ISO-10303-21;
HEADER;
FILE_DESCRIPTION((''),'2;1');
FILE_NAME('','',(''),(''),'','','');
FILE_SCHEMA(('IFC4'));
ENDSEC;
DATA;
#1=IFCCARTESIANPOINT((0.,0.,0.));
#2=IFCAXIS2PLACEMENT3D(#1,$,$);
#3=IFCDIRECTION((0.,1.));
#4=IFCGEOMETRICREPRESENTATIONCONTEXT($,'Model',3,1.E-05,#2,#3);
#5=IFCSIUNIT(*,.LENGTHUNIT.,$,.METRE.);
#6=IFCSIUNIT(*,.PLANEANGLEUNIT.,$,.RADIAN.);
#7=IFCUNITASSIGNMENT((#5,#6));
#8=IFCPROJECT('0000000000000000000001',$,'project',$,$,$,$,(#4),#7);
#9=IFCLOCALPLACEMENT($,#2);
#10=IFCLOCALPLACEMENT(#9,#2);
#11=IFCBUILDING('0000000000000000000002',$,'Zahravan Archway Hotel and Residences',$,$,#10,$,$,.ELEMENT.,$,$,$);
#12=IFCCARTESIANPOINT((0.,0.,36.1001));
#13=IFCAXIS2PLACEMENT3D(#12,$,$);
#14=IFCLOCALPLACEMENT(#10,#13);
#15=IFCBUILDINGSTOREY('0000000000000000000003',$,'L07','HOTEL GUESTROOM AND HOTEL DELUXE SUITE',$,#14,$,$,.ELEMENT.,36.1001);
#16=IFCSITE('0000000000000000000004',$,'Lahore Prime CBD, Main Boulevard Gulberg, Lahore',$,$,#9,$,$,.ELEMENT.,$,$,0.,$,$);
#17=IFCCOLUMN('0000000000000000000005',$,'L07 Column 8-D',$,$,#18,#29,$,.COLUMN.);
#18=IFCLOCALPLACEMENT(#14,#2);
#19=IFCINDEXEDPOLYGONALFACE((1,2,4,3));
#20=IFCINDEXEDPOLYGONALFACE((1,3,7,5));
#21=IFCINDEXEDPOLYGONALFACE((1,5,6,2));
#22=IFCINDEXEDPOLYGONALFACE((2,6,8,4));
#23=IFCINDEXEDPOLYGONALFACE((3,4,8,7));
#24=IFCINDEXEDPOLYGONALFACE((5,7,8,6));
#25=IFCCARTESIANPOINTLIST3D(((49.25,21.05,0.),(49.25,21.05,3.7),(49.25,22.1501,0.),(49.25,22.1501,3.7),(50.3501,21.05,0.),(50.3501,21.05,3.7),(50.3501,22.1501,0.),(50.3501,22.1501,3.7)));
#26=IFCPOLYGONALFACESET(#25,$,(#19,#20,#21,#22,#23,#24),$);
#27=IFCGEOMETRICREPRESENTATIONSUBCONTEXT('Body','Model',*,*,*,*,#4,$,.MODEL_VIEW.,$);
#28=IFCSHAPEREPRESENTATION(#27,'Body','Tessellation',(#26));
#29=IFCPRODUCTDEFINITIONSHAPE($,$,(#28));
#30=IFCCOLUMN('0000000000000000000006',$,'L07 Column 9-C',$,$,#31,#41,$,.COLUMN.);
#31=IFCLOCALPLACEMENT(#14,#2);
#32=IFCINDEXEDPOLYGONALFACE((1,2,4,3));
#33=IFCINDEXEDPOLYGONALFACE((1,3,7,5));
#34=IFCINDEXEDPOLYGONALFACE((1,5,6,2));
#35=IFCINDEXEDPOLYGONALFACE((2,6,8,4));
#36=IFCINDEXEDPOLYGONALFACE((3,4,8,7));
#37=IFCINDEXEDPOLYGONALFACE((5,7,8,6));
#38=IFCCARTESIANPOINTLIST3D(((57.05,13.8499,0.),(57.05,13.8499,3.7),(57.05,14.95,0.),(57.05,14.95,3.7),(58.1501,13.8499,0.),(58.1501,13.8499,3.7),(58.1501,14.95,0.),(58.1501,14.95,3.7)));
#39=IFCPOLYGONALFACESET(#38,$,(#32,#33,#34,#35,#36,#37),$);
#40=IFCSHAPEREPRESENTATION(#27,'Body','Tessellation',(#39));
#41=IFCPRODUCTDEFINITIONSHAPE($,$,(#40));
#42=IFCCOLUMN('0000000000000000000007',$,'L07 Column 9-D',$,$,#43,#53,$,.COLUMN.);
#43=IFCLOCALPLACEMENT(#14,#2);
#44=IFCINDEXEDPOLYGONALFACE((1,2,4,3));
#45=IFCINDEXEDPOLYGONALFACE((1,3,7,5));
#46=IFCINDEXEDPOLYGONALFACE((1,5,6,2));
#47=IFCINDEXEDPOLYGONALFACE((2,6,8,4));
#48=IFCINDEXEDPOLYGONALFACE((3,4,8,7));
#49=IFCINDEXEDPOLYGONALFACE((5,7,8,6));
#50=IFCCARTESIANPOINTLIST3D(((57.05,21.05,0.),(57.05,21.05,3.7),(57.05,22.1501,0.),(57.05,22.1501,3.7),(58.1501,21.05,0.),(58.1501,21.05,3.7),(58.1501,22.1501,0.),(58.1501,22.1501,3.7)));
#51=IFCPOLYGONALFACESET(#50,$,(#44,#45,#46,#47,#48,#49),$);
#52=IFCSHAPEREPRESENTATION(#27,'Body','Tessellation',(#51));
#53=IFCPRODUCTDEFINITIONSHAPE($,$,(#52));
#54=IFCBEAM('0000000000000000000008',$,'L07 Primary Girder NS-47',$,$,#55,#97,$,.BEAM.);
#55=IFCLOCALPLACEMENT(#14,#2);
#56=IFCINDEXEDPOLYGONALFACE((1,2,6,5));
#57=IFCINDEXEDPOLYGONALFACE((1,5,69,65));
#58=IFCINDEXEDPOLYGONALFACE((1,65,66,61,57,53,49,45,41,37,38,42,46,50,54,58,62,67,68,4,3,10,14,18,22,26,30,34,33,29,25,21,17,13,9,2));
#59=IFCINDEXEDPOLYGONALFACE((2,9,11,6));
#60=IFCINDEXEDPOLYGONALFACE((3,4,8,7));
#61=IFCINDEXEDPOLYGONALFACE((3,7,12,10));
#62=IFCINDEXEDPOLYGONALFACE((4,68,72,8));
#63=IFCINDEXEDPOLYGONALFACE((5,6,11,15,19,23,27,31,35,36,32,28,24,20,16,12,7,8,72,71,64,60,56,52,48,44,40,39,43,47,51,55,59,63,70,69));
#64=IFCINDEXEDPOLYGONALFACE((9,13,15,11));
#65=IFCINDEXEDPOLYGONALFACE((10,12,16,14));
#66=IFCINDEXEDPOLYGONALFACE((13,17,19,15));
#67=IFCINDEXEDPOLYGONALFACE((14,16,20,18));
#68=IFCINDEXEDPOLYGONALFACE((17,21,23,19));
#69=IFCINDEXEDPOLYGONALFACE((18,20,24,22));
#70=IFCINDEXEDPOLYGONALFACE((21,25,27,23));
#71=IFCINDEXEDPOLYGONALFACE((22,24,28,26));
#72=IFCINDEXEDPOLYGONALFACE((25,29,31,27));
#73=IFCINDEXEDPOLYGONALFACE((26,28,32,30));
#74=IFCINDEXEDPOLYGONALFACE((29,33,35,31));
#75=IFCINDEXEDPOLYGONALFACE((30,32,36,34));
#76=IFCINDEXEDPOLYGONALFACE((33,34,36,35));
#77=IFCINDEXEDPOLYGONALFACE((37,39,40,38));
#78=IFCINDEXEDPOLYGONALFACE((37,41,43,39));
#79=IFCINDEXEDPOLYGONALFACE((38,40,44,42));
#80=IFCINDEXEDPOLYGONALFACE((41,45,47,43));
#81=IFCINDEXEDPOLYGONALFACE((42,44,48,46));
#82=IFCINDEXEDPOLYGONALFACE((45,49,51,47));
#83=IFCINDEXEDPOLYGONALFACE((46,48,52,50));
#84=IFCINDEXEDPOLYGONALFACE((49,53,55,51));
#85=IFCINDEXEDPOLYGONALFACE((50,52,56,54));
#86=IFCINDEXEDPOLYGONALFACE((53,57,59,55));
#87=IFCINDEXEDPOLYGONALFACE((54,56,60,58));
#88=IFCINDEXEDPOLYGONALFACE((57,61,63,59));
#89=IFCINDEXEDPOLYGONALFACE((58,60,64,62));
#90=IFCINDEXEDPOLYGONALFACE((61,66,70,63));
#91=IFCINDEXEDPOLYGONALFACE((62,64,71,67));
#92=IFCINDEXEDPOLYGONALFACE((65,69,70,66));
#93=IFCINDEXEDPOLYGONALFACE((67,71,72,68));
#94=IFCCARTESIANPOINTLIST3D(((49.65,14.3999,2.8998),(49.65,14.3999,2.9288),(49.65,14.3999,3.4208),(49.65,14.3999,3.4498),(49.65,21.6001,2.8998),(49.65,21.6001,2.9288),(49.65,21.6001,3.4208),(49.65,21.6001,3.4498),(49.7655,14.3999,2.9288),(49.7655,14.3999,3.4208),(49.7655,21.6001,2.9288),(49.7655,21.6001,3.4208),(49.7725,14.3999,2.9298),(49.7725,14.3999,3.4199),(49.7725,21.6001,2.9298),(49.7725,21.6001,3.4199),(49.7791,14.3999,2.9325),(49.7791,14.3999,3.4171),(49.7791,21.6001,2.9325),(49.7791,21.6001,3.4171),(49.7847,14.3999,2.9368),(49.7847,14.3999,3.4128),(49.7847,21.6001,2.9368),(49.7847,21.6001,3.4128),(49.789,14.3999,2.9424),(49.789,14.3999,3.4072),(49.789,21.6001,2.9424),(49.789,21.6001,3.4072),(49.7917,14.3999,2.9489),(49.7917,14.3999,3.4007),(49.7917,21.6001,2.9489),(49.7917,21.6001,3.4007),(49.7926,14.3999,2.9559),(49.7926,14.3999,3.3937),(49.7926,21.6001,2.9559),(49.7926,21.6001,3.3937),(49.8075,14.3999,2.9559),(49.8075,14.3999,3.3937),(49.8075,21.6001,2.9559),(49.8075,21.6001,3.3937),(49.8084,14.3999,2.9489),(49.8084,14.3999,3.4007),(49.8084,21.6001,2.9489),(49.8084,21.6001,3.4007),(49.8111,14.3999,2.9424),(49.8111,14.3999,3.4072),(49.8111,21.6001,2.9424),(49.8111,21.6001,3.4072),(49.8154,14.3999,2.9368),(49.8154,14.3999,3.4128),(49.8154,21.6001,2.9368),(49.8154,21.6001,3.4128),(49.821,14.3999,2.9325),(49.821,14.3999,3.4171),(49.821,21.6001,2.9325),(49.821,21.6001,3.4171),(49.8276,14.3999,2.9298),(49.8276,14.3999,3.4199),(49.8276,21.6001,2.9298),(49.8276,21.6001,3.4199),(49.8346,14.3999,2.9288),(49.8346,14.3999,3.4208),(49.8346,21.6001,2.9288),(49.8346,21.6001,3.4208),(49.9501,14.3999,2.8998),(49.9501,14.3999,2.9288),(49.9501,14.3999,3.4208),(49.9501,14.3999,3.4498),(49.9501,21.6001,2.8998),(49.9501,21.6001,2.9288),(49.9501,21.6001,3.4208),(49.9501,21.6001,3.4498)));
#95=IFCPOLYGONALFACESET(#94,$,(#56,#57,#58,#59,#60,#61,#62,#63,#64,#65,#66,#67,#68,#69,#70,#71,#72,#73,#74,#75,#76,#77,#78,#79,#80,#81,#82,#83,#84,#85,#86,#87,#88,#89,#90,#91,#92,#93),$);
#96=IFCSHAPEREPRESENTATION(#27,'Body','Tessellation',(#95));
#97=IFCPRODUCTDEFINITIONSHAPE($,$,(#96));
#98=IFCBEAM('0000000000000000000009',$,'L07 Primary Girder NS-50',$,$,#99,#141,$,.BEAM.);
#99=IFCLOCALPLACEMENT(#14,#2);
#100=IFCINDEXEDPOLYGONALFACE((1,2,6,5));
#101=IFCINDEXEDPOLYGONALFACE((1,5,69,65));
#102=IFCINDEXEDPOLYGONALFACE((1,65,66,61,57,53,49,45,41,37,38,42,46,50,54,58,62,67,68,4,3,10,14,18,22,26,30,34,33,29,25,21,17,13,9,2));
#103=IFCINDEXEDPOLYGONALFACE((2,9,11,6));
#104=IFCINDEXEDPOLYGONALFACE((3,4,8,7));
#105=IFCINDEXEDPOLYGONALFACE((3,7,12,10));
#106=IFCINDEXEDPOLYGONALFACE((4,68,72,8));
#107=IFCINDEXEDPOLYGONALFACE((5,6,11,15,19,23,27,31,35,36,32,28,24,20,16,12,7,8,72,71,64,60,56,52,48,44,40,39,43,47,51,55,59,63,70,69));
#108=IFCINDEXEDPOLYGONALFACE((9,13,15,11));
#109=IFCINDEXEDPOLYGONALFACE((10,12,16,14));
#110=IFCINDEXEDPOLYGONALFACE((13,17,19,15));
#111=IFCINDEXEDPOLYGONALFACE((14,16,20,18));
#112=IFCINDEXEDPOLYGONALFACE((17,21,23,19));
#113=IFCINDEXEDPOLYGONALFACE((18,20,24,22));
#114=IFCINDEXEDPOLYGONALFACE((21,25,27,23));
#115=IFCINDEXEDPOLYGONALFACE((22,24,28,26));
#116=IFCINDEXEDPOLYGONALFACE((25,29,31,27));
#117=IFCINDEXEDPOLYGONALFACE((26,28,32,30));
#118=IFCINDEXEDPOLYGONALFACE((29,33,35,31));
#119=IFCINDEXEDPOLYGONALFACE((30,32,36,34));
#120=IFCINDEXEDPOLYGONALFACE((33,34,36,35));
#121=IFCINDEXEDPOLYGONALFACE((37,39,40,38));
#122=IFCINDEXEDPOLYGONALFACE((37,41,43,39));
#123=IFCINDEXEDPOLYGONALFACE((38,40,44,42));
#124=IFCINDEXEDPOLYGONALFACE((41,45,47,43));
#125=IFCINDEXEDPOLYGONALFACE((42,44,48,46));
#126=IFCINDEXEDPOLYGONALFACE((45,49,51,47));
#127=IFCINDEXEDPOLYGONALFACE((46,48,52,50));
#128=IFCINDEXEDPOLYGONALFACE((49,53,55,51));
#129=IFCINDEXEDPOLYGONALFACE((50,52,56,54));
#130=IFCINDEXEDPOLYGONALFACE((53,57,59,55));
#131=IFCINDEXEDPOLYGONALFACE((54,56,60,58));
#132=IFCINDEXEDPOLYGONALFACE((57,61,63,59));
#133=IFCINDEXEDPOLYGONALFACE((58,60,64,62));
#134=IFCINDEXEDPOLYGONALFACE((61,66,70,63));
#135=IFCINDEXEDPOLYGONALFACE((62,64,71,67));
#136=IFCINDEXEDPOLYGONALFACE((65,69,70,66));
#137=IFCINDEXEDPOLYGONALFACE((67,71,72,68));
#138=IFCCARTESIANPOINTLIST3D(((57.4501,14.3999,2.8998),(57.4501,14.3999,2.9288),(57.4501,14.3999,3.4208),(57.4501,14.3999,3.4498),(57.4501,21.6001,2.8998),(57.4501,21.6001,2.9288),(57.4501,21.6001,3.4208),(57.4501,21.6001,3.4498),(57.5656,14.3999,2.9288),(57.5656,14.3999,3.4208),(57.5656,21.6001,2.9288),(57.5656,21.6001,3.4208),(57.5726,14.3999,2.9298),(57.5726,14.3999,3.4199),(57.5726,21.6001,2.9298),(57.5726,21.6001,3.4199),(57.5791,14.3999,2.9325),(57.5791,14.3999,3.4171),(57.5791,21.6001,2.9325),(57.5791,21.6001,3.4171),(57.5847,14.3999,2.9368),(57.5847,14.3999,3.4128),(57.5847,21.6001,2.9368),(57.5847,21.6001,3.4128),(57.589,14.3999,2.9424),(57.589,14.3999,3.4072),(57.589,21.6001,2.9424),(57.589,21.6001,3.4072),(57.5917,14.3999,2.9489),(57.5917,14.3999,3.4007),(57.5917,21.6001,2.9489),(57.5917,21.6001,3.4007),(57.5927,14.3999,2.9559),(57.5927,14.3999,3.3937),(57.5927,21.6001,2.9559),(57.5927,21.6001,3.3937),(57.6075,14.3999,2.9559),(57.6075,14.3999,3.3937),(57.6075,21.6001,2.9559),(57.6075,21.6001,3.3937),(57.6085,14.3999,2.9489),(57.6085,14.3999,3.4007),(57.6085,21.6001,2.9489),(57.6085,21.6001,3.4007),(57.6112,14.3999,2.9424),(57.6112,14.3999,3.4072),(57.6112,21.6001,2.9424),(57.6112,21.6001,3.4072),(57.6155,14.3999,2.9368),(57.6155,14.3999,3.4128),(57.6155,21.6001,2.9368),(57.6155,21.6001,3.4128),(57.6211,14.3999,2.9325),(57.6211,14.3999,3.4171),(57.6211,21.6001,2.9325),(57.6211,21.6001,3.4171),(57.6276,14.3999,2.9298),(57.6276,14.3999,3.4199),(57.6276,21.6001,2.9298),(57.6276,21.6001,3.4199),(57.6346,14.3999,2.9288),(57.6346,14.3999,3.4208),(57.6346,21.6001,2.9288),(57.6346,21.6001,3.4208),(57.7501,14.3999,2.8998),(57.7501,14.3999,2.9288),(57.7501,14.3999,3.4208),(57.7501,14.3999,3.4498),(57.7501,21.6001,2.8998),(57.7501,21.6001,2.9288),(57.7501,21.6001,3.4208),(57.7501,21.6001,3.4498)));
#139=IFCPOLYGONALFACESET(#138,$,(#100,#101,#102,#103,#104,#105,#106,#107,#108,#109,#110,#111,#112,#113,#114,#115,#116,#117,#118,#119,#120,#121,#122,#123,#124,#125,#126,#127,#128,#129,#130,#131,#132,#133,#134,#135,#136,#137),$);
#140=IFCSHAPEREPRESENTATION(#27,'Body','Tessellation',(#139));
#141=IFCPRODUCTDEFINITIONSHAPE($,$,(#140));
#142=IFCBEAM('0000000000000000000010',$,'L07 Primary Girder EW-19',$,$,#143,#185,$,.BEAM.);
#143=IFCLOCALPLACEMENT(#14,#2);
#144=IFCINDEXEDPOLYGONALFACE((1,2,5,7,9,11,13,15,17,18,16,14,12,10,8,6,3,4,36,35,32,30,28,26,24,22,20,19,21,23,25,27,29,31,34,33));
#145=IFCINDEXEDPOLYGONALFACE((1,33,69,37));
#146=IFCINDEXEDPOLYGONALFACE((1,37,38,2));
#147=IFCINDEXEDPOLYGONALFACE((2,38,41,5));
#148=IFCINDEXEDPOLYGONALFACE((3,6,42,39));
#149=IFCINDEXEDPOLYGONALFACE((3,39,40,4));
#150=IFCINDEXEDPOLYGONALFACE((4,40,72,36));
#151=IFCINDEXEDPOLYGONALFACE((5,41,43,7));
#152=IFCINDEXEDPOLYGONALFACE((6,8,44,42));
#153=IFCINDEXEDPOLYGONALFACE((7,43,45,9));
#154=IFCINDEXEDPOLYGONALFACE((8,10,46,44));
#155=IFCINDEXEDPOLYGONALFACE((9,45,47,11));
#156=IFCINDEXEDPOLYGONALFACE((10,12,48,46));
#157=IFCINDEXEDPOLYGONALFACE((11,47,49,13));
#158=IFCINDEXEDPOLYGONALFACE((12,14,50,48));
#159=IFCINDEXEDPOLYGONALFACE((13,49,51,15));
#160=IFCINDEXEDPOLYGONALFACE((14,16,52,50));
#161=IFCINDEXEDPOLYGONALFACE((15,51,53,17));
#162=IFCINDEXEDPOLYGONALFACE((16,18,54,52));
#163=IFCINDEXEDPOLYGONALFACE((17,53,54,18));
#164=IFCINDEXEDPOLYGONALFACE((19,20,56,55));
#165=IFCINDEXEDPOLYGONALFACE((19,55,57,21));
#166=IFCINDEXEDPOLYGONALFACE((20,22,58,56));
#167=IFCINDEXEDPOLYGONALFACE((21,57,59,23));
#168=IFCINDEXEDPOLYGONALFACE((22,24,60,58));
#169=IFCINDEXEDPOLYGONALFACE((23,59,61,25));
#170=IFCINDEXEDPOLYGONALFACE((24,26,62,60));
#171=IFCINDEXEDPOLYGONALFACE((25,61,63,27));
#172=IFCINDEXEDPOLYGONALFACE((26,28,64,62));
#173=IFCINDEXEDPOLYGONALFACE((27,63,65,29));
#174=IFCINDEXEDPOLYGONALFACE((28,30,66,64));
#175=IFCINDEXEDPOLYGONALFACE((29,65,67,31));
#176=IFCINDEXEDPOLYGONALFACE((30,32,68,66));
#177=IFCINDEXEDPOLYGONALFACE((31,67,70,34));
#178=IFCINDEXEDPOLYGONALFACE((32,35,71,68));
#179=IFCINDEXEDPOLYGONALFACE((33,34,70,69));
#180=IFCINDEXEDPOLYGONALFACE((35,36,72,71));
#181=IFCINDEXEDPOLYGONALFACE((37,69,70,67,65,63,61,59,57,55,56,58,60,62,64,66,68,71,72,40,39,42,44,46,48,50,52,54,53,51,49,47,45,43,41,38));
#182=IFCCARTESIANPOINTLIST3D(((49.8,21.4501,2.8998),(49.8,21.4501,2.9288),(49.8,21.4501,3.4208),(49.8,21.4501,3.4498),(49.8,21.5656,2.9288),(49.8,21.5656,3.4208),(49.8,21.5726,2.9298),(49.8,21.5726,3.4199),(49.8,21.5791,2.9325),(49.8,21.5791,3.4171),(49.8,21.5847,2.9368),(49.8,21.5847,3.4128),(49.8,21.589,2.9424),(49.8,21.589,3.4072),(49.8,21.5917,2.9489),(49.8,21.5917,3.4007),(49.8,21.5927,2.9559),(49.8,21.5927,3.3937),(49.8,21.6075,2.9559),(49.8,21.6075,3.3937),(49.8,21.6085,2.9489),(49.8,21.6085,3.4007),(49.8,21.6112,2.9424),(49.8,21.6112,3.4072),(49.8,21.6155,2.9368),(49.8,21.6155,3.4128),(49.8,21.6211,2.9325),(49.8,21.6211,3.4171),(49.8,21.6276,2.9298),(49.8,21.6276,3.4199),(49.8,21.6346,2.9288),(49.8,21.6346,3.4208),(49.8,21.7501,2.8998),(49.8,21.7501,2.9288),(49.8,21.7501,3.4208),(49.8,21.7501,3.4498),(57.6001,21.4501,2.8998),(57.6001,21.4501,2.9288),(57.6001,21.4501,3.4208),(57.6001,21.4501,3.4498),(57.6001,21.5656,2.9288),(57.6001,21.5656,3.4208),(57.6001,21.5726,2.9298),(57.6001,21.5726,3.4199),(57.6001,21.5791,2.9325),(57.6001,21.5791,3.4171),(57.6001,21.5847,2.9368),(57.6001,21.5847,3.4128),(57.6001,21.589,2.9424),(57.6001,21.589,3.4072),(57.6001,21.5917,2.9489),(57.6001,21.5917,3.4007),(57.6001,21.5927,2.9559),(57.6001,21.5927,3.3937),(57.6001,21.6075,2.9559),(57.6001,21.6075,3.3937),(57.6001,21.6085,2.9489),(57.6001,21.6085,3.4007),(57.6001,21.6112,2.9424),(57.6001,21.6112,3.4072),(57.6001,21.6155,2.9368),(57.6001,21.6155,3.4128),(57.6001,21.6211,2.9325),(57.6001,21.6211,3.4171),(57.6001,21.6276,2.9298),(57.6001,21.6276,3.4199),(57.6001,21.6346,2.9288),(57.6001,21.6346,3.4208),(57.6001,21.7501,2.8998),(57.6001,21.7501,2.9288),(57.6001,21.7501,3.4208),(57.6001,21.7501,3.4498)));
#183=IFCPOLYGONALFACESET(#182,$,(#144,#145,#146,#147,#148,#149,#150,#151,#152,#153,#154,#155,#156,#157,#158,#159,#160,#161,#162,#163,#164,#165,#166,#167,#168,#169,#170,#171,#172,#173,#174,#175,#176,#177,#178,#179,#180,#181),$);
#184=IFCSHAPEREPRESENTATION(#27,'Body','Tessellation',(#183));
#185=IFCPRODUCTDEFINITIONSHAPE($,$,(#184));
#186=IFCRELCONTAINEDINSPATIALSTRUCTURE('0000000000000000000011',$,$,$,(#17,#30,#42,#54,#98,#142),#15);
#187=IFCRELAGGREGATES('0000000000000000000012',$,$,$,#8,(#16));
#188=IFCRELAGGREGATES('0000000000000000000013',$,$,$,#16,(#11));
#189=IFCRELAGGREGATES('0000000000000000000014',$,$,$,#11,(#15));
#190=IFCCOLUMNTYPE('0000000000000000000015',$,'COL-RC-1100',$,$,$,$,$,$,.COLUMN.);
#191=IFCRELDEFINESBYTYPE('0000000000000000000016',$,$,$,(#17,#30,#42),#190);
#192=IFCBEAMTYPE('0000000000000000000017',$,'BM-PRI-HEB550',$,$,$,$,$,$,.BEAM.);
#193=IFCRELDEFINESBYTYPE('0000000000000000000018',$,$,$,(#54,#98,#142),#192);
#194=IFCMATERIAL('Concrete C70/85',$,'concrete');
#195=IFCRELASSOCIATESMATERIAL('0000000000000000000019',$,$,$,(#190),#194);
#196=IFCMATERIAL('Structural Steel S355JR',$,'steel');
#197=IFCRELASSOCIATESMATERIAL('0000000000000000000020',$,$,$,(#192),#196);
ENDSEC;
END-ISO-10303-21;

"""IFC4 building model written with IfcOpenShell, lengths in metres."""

from ifc_helpers import new_model, si_unit, direction, frame, origin, origin_2d, place, context, subcontext, project, spatial, rectangle, i_section, extrude, source, transform, mapped, material, material_profile, profile_set, type_object, type_shapes, element, save


model = new_model("IFC4")

# Units and contexts
model_context = context("Model", 3, precision=1e-05, world=origin(), true_north=direction((0.0, 1.0)))
body_context = subcontext(model_context, "Body", "Model", "MODEL_VIEW")
ifc_project = project(units=[si_unit("LENGTHUNIT", "METRE"), si_unit("PLANEANGLEUNIT", "RADIAN")], contexts=[model_context])

# Site, building, storey
site_placement = place(None, origin())
site = spatial("IfcSite", under=ifc_project, at=site_placement, Name="Lahore Prime CBD, Main Boulevard Gulberg, Lahore", CompositionType="ELEMENT", RefElevation=0.0)
building_placement = place(site_placement, origin())
building = spatial("IfcBuilding", under=site, at=building_placement, Name="Zahravan Archway Hotel and Residences", CompositionType="ELEMENT")
storey_placement = place(building_placement, frame((0.0, 0.0, 36.1001)))
storey = spatial("IfcBuildingStorey", under=building, at=storey_placement, Name="L07", Description="HOTEL GUESTROOM AND HOTEL DELUXE SUITE", CompositionType="ELEMENT", Elevation=36.1001)

# Columns
ifc_material_1 = material(Name="Concrete C70/85", Category="concrete")
ifc_material_profile_1 = material_profile(ifc_material_1, rectangle(XDim=1.1001, YDim=1.1001, at=origin_2d()), Name="RC 1100x1100", Category="concrete")
ifc_profile_set_1 = profile_set([ifc_material_profile_1], Name="Concrete C70/85")
column_type = type_object("IfcColumnType", Name="COL-RC-1100", PredefinedType="COLUMN", material=ifc_profile_set_1)
shared_shape_1 = source(origin(), body_context, "Body", "SweptSolid", [
    extrude(rectangle(XDim=1.1001, YDim=1.1001, at=origin_2d()), origin(), (0.0, 0.0, 1.0), 3.7),
])
for number, where, z_axis, x_axis, name in (
    (1, (49.8, 21.6001, 0.0), (0.0, 0.0, 1.0), (1.0, 0.0, 0.0), "L07 Column 8-D"),
    (2, (57.6001, 14.3999, 0.0), (0.0, 0.0, 1.0), (1.0, 0.0, 0.0), "L07 Column 9-C"),
    (3, (57.6001, 21.6001, 0.0), (0.0, 0.0, 1.0), (1.0, 0.0, 0.0), "L07 Column 9-D"),
):
    element("IfcColumn", number, at=place(storey_placement, frame(where, z_axis=z_axis, x_axis=x_axis)), inside=storey, type_object=column_type, Name=name, PredefinedType="COLUMN", context=body_context, shape_type="MappedRepresentation", body=[
        mapped(shared_shape_1, transform((0.0, 0.0, 0.0), scale=1.0)),
    ])

# Beams
ifc_material_2 = material(Name="Structural Steel S355JR", Category="steel")
ifc_material_profile_2 = material_profile(ifc_material_2, i_section(OverallWidth=0.3, OverallDepth=0.55, WebThickness=0.0149, FlangeThickness=0.0291, FilletRadius=0.0271, at=origin_2d()), Name="HEB 550", Category="steel")
ifc_profile_set_2 = profile_set([ifc_material_profile_2], Name="Structural Steel S355JR")
beam_type_1 = type_object("IfcBeamType", Name="BM-PRI-HEB550", PredefinedType="BEAM", material=ifc_profile_set_2)
shared_shape_2 = source(origin(), body_context, "Body", "SweptSolid", [
    extrude(i_section(OverallWidth=0.3, OverallDepth=0.55, WebThickness=0.0149, FlangeThickness=0.0291, FilletRadius=0.0271, at=origin_2d()), origin(), (0.0, 0.0, 1.0), 7.2002),
])
type_shapes(beam_type_1, [shared_shape_2])
for number, where, z_axis, x_axis, name in (
    (4, (49.8, 14.3999, 3.1748), (0.0, 1.0, 0.0), (-1.0, 0.0, 0.0), "L07 Primary Girder NS-47"),
    (5, (57.6001, 14.3999, 3.1748), (0.0, 1.0, 0.0), (-1.0, 0.0, 0.0), "L07 Primary Girder NS-50"),
):
    element("IfcBeam", number, at=place(storey_placement, frame(where, z_axis=z_axis, x_axis=x_axis)), inside=storey, type_object=beam_type_1, Name=name, PredefinedType="BEAM", context=body_context, shape_type="MappedRepresentation", body=[
        mapped(shared_shape_2, transform((0.0, 0.0, 0.0), scale=1.0)),
    ])
shared_shape_3 = source(origin(), body_context, "Body", "SweptSolid", [
    extrude(i_section(OverallWidth=0.3, OverallDepth=0.55, WebThickness=0.0149, FlangeThickness=0.0291, FilletRadius=0.0271, at=origin_2d()), origin(), (0.0, 0.0, 1.0), 7.8),
])
beam_1_placement = place(storey_placement, frame((49.8, 21.6001, 3.1748), z_axis=(1.0, 0.0, 0.0), x_axis=(0.0, 1.0, 0.0)))
element("IfcBeam", 6, at=beam_1_placement, inside=storey, type_object=beam_type_1, Name="L07 Primary Girder EW-19", PredefinedType="BEAM", context=body_context, shape_type="MappedRepresentation", body=[
    mapped(shared_shape_3, transform((0.0, 0.0, 0.0), scale=1.0)),
])

save(model, "model.ifc")
